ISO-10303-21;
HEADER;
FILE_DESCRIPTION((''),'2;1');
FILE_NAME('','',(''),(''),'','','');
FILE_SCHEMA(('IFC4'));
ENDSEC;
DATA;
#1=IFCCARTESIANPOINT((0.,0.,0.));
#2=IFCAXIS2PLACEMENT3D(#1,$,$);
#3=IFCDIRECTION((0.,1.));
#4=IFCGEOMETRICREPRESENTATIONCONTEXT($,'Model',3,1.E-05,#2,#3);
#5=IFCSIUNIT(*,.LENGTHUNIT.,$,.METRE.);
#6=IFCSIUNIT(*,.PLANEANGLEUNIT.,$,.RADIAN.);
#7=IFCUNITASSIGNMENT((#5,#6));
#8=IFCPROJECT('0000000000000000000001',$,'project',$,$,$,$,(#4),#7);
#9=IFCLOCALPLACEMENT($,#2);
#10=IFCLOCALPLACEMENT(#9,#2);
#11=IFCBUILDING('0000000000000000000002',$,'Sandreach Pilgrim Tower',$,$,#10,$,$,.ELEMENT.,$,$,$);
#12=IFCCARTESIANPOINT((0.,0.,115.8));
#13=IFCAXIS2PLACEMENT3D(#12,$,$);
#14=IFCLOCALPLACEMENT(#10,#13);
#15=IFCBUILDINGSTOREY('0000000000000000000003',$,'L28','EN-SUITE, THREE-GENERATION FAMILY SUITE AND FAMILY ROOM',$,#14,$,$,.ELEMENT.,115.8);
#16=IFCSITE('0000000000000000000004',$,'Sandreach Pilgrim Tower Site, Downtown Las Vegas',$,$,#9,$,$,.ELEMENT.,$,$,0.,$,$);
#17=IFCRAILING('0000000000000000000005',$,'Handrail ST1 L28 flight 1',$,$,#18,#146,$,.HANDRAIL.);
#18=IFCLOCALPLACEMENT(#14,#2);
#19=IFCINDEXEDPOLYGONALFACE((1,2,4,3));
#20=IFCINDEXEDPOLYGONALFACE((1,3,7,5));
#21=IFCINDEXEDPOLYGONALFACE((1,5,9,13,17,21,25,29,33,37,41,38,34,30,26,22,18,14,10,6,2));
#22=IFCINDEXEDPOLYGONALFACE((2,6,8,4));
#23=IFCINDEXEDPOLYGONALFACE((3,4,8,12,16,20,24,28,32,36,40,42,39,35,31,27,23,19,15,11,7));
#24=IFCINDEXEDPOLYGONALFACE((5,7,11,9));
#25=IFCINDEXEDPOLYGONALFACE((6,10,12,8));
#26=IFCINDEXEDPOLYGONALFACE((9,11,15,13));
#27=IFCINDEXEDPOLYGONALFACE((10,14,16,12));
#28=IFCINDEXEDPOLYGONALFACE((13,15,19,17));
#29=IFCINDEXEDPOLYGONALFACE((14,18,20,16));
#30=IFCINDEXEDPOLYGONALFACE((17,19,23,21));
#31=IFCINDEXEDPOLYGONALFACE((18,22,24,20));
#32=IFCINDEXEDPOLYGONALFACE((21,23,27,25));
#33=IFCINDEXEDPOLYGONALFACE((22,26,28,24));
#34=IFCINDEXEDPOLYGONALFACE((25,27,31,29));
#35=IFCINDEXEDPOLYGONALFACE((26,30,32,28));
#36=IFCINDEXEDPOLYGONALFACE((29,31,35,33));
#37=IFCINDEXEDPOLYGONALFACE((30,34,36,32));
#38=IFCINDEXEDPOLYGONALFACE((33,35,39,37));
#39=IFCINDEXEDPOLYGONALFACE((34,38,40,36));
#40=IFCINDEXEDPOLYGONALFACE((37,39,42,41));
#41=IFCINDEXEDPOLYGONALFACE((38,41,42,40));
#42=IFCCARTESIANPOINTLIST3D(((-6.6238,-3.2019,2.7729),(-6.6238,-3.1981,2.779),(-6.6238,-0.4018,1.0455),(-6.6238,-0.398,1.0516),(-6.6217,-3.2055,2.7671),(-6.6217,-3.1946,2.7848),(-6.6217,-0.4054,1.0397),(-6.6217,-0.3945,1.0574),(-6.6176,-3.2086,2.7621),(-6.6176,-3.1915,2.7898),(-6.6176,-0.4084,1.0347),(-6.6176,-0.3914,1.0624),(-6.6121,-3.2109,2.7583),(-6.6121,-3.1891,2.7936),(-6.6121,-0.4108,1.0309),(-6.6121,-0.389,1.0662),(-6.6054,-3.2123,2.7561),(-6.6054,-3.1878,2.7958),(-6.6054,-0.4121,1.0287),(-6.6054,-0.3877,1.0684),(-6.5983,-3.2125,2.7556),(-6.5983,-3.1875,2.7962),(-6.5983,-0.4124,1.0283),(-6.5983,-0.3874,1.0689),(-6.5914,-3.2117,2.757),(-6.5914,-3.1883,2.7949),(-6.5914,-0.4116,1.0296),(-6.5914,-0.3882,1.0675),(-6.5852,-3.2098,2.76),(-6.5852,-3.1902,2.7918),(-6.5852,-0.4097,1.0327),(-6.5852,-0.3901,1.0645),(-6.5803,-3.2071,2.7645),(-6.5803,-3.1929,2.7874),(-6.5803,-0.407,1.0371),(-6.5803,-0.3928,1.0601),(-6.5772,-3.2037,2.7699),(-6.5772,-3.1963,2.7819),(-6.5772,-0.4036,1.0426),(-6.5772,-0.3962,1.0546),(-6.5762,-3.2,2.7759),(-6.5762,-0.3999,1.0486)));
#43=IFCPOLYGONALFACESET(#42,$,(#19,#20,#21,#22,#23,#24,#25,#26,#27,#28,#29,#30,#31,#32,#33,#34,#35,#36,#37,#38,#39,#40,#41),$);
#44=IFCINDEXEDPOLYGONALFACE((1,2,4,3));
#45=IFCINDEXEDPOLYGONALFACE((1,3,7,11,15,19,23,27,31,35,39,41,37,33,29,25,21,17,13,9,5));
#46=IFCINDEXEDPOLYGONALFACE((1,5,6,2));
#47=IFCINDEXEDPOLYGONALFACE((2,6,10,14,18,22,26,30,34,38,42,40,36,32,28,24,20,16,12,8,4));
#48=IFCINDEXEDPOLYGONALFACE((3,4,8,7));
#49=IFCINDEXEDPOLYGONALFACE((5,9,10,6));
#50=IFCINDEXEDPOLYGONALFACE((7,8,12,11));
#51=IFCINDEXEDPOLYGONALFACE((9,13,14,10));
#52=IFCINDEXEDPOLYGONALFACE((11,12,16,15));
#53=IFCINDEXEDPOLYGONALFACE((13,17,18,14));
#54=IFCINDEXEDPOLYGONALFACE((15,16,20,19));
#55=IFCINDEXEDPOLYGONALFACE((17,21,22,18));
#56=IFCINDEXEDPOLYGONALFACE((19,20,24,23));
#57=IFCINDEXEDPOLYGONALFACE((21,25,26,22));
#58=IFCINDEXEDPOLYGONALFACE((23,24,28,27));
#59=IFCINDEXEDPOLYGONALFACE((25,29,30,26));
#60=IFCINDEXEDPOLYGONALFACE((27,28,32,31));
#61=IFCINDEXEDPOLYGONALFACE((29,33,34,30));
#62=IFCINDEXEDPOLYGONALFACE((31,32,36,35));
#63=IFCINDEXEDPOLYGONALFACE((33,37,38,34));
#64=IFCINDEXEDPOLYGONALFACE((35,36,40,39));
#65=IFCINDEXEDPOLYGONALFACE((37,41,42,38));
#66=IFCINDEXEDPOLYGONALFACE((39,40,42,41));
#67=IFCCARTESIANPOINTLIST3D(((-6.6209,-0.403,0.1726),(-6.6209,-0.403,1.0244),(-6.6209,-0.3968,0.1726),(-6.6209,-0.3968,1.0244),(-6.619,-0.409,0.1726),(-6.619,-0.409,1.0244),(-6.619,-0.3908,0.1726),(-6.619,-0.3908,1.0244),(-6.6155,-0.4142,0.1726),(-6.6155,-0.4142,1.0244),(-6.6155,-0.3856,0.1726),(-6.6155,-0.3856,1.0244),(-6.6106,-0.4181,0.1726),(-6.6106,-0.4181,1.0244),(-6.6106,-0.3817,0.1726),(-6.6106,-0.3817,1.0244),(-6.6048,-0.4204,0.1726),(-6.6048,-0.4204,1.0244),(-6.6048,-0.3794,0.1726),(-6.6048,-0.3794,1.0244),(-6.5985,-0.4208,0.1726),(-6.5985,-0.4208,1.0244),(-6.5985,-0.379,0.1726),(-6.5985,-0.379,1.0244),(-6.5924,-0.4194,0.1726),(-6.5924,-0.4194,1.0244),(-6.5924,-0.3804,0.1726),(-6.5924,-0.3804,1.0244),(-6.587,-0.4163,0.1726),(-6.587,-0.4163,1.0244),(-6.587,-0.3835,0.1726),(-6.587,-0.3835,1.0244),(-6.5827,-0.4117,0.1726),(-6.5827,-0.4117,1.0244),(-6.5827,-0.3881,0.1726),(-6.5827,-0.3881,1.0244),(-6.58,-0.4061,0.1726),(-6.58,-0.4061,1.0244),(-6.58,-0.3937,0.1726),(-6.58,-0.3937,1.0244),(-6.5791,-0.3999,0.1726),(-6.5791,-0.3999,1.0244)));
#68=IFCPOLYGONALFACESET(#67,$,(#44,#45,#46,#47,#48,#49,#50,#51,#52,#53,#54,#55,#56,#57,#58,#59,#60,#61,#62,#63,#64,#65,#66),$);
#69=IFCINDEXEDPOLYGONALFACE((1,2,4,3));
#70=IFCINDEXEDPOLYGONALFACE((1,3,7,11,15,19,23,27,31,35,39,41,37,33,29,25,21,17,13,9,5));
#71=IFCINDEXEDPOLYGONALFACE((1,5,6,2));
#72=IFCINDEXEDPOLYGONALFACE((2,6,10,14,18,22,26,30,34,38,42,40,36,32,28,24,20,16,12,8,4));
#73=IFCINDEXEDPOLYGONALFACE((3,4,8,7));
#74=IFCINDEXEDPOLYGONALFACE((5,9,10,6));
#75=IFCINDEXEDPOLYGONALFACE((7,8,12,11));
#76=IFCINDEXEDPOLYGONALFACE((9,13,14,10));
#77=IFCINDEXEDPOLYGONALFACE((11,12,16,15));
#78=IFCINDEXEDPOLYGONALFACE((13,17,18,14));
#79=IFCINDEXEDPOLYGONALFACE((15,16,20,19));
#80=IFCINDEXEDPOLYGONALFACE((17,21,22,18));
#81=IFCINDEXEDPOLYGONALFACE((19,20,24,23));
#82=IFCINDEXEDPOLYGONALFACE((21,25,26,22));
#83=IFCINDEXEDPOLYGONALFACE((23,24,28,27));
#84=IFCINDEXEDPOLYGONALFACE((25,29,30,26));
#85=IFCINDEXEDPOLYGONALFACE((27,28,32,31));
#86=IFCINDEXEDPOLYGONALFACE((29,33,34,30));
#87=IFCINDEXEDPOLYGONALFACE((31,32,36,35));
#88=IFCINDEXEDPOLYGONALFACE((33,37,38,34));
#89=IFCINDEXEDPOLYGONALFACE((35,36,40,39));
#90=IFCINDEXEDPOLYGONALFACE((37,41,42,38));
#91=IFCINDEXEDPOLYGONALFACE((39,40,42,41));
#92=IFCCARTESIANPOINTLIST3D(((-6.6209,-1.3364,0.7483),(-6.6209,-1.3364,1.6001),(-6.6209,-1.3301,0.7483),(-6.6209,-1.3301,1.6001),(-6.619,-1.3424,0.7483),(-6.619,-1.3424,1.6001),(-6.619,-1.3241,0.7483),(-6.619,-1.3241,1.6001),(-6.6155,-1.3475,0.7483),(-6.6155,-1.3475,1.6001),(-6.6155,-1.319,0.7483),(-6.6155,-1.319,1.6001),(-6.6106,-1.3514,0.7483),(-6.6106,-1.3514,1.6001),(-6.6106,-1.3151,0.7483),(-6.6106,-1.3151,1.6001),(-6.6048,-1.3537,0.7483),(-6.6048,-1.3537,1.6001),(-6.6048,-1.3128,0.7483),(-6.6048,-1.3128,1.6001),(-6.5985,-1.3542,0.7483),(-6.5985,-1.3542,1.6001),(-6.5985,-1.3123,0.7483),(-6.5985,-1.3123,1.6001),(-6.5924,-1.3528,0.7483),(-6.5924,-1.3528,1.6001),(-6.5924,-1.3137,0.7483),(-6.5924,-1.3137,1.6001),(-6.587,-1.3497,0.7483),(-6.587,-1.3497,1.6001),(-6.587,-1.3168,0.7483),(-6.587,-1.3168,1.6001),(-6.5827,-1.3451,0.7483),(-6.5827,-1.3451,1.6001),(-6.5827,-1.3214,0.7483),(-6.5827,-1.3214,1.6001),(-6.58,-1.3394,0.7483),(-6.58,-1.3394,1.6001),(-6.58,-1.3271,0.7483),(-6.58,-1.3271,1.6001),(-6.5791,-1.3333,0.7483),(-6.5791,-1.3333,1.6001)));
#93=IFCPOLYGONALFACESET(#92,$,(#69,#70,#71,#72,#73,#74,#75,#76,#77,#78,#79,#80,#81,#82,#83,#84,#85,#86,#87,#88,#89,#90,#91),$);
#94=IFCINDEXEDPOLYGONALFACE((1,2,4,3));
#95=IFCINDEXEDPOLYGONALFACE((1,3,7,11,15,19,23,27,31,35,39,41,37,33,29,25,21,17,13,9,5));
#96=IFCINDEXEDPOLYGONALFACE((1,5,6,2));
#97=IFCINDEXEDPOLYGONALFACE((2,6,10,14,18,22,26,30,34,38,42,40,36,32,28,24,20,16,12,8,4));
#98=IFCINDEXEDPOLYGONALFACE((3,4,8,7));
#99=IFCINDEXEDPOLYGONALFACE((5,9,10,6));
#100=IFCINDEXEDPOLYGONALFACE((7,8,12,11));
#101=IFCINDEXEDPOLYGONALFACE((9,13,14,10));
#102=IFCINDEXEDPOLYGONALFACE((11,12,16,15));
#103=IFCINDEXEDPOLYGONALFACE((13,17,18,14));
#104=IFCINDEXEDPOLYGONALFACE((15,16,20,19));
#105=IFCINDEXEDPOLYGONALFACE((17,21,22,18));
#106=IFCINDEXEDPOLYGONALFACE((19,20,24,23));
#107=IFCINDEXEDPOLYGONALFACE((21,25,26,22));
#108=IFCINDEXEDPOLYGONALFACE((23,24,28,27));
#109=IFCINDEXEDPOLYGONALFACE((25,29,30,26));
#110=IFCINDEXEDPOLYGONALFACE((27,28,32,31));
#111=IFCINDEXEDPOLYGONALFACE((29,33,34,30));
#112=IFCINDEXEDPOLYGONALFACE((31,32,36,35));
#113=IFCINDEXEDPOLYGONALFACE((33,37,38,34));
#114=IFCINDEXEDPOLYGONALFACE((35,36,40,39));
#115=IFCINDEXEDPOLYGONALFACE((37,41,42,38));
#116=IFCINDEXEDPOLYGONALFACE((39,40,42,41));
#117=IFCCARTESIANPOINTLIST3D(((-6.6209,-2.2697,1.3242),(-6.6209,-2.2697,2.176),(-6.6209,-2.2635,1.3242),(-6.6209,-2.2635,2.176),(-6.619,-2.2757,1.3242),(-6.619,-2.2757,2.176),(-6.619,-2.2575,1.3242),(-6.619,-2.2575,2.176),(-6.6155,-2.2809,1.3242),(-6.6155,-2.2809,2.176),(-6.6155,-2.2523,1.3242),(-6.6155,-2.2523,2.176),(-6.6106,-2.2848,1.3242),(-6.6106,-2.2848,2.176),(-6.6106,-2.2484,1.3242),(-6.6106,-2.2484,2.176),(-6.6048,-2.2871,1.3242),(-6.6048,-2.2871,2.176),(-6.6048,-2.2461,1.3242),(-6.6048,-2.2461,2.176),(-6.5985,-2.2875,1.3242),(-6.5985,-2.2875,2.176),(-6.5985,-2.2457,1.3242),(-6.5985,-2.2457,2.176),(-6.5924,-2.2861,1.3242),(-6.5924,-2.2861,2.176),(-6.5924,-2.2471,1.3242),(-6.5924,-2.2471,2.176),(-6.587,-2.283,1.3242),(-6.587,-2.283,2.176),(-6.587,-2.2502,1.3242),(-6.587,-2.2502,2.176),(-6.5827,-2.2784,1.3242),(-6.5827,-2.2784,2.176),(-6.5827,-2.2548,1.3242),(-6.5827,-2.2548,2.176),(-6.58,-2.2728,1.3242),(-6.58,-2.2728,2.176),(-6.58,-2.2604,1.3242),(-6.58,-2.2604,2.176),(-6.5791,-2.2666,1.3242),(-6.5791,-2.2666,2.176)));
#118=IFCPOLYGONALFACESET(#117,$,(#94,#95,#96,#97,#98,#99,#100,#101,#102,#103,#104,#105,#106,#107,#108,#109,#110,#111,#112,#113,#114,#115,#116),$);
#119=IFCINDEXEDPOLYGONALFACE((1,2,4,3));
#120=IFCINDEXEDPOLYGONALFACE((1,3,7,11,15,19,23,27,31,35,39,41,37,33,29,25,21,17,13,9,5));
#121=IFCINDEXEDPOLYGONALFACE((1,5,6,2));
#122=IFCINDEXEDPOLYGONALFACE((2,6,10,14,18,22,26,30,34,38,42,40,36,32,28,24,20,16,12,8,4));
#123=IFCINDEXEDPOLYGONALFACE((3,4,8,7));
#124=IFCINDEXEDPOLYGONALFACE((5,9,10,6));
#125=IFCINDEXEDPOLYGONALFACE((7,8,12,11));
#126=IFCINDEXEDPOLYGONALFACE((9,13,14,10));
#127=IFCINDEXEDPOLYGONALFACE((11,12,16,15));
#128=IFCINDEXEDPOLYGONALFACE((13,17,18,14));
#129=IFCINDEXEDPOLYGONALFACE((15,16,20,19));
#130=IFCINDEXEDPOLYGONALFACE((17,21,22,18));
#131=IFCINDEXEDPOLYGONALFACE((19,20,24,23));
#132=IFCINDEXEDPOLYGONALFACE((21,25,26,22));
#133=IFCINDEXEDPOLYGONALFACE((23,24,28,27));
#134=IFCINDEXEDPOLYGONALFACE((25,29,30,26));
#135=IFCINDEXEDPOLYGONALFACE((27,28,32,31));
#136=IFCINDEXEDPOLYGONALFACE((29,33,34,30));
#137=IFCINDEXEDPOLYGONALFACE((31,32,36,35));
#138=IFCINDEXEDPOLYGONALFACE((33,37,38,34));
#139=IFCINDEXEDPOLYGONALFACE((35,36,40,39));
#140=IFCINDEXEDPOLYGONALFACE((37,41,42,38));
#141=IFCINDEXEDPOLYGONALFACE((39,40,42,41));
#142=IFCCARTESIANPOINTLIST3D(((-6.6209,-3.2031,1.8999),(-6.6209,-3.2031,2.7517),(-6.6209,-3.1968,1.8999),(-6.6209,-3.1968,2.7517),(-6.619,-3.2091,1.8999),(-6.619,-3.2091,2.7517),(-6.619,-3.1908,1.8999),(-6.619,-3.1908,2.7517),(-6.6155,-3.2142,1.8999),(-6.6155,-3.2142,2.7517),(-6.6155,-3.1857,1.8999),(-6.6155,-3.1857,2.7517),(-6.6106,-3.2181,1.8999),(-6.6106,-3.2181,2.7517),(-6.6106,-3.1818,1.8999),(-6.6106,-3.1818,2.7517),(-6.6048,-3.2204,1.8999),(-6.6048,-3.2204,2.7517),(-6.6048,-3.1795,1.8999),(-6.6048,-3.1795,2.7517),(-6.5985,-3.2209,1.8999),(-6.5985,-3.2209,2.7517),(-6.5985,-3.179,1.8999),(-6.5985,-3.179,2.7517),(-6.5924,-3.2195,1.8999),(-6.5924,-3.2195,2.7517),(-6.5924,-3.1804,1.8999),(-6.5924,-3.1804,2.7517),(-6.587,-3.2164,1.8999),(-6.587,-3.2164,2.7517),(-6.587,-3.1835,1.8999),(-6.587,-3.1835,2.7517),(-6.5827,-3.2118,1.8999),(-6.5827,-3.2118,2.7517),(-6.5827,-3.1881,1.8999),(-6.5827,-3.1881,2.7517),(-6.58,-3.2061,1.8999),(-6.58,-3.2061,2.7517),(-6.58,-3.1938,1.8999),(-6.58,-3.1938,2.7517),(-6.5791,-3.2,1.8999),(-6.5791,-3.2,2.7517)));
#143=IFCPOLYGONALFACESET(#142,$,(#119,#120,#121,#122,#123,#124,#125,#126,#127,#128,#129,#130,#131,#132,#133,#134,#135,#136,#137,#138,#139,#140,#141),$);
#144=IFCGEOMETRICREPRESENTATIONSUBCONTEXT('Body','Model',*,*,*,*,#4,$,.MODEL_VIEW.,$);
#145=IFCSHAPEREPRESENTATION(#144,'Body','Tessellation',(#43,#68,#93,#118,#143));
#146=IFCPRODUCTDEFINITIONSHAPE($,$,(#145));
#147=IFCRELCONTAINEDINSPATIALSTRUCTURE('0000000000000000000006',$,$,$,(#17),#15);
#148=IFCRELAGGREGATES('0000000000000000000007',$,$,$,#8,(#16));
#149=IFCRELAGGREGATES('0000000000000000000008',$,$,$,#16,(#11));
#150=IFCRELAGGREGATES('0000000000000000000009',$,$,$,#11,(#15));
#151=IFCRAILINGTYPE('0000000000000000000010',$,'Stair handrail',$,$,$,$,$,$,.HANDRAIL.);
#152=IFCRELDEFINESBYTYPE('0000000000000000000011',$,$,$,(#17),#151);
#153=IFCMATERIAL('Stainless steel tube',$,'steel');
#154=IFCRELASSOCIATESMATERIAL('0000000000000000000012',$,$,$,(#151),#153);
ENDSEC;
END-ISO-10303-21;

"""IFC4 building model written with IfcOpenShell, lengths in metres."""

from ifc_helpers import new_model, si_unit, direction, frame, origin, origin_2d, place, context, subcontext, project, spatial, circle, extrude, material, type_object, element, save


model = new_model("IFC4")

# Units and contexts
model_context = context("Model", 3, precision=1e-05, world=origin(), true_north=direction((0.0, 1.0)))
body_context = subcontext(model_context, "Body", "Model", "MODEL_VIEW")
ifc_project = project(units=[si_unit("LENGTHUNIT", "METRE"), si_unit("PLANEANGLEUNIT", "RADIAN")], contexts=[model_context])

# Site, building, storey
site_placement = place(None, origin())
site = spatial("IfcSite", under=ifc_project, at=site_placement, Name="Sandreach Pilgrim Tower Site, Downtown Las Vegas", CompositionType="ELEMENT", RefElevation=0.0)
building_placement = place(site_placement, origin())
building = spatial("IfcBuilding", under=site, at=building_placement, Name="Sandreach Pilgrim Tower", CompositionType="ELEMENT")
storey_placement = place(building_placement, frame((0.0, 0.0, 115.8)))
storey = spatial("IfcBuildingStorey", under=building, at=storey_placement, Name="L28", Description="EN-SUITE, THREE-GENERATION FAMILY SUITE AND FAMILY ROOM", CompositionType="ELEMENT", Elevation=115.8)

# Railing
ifc_material_1 = material(Name="Stainless steel tube", Category="steel")
railing_type = type_object("IfcRailingType", Name="Stair handrail", PredefinedType="HANDRAIL", material=ifc_material_1)
railing_placement = place(storey_placement, frame((-6.6001, -0.3999, 0.1726)))
element("IfcRailing", 1, at=railing_placement, inside=storey, type_object=railing_type, Name="Handrail ST1 L28 flight 1", PredefinedType="HANDRAIL", context=body_context, shape_type="SweptSolid", body=[
    extrude(circle(Radius=0.0239, at=origin_2d()), frame((0.0, 0.0, 0.876), z_axis=(0.0, -0.85109, 0.52502), x_axis=(1.0, 0.0, 0.0)), (0.0, 0.0, 1.0), 3.29),
    extrude(circle(Radius=0.021, at=origin_2d()), origin(), (0.0, 0.0, 1.0), 0.8518),
    extrude(circle(Radius=0.021, at=origin_2d()), frame((0.0, -0.9333, 0.5757)), (0.0, 0.0, 1.0), 0.8518),
    extrude(circle(Radius=0.021, at=origin_2d()), frame((0.0, -1.8667, 1.1516)), (0.0, 0.0, 1.0), 0.8518),
    extrude(circle(Radius=0.021, at=origin_2d()), frame((0.0, -2.8, 1.7273)), (0.0, 0.0, 1.0), 0.8518),
])

save(model, "model.ifc")
